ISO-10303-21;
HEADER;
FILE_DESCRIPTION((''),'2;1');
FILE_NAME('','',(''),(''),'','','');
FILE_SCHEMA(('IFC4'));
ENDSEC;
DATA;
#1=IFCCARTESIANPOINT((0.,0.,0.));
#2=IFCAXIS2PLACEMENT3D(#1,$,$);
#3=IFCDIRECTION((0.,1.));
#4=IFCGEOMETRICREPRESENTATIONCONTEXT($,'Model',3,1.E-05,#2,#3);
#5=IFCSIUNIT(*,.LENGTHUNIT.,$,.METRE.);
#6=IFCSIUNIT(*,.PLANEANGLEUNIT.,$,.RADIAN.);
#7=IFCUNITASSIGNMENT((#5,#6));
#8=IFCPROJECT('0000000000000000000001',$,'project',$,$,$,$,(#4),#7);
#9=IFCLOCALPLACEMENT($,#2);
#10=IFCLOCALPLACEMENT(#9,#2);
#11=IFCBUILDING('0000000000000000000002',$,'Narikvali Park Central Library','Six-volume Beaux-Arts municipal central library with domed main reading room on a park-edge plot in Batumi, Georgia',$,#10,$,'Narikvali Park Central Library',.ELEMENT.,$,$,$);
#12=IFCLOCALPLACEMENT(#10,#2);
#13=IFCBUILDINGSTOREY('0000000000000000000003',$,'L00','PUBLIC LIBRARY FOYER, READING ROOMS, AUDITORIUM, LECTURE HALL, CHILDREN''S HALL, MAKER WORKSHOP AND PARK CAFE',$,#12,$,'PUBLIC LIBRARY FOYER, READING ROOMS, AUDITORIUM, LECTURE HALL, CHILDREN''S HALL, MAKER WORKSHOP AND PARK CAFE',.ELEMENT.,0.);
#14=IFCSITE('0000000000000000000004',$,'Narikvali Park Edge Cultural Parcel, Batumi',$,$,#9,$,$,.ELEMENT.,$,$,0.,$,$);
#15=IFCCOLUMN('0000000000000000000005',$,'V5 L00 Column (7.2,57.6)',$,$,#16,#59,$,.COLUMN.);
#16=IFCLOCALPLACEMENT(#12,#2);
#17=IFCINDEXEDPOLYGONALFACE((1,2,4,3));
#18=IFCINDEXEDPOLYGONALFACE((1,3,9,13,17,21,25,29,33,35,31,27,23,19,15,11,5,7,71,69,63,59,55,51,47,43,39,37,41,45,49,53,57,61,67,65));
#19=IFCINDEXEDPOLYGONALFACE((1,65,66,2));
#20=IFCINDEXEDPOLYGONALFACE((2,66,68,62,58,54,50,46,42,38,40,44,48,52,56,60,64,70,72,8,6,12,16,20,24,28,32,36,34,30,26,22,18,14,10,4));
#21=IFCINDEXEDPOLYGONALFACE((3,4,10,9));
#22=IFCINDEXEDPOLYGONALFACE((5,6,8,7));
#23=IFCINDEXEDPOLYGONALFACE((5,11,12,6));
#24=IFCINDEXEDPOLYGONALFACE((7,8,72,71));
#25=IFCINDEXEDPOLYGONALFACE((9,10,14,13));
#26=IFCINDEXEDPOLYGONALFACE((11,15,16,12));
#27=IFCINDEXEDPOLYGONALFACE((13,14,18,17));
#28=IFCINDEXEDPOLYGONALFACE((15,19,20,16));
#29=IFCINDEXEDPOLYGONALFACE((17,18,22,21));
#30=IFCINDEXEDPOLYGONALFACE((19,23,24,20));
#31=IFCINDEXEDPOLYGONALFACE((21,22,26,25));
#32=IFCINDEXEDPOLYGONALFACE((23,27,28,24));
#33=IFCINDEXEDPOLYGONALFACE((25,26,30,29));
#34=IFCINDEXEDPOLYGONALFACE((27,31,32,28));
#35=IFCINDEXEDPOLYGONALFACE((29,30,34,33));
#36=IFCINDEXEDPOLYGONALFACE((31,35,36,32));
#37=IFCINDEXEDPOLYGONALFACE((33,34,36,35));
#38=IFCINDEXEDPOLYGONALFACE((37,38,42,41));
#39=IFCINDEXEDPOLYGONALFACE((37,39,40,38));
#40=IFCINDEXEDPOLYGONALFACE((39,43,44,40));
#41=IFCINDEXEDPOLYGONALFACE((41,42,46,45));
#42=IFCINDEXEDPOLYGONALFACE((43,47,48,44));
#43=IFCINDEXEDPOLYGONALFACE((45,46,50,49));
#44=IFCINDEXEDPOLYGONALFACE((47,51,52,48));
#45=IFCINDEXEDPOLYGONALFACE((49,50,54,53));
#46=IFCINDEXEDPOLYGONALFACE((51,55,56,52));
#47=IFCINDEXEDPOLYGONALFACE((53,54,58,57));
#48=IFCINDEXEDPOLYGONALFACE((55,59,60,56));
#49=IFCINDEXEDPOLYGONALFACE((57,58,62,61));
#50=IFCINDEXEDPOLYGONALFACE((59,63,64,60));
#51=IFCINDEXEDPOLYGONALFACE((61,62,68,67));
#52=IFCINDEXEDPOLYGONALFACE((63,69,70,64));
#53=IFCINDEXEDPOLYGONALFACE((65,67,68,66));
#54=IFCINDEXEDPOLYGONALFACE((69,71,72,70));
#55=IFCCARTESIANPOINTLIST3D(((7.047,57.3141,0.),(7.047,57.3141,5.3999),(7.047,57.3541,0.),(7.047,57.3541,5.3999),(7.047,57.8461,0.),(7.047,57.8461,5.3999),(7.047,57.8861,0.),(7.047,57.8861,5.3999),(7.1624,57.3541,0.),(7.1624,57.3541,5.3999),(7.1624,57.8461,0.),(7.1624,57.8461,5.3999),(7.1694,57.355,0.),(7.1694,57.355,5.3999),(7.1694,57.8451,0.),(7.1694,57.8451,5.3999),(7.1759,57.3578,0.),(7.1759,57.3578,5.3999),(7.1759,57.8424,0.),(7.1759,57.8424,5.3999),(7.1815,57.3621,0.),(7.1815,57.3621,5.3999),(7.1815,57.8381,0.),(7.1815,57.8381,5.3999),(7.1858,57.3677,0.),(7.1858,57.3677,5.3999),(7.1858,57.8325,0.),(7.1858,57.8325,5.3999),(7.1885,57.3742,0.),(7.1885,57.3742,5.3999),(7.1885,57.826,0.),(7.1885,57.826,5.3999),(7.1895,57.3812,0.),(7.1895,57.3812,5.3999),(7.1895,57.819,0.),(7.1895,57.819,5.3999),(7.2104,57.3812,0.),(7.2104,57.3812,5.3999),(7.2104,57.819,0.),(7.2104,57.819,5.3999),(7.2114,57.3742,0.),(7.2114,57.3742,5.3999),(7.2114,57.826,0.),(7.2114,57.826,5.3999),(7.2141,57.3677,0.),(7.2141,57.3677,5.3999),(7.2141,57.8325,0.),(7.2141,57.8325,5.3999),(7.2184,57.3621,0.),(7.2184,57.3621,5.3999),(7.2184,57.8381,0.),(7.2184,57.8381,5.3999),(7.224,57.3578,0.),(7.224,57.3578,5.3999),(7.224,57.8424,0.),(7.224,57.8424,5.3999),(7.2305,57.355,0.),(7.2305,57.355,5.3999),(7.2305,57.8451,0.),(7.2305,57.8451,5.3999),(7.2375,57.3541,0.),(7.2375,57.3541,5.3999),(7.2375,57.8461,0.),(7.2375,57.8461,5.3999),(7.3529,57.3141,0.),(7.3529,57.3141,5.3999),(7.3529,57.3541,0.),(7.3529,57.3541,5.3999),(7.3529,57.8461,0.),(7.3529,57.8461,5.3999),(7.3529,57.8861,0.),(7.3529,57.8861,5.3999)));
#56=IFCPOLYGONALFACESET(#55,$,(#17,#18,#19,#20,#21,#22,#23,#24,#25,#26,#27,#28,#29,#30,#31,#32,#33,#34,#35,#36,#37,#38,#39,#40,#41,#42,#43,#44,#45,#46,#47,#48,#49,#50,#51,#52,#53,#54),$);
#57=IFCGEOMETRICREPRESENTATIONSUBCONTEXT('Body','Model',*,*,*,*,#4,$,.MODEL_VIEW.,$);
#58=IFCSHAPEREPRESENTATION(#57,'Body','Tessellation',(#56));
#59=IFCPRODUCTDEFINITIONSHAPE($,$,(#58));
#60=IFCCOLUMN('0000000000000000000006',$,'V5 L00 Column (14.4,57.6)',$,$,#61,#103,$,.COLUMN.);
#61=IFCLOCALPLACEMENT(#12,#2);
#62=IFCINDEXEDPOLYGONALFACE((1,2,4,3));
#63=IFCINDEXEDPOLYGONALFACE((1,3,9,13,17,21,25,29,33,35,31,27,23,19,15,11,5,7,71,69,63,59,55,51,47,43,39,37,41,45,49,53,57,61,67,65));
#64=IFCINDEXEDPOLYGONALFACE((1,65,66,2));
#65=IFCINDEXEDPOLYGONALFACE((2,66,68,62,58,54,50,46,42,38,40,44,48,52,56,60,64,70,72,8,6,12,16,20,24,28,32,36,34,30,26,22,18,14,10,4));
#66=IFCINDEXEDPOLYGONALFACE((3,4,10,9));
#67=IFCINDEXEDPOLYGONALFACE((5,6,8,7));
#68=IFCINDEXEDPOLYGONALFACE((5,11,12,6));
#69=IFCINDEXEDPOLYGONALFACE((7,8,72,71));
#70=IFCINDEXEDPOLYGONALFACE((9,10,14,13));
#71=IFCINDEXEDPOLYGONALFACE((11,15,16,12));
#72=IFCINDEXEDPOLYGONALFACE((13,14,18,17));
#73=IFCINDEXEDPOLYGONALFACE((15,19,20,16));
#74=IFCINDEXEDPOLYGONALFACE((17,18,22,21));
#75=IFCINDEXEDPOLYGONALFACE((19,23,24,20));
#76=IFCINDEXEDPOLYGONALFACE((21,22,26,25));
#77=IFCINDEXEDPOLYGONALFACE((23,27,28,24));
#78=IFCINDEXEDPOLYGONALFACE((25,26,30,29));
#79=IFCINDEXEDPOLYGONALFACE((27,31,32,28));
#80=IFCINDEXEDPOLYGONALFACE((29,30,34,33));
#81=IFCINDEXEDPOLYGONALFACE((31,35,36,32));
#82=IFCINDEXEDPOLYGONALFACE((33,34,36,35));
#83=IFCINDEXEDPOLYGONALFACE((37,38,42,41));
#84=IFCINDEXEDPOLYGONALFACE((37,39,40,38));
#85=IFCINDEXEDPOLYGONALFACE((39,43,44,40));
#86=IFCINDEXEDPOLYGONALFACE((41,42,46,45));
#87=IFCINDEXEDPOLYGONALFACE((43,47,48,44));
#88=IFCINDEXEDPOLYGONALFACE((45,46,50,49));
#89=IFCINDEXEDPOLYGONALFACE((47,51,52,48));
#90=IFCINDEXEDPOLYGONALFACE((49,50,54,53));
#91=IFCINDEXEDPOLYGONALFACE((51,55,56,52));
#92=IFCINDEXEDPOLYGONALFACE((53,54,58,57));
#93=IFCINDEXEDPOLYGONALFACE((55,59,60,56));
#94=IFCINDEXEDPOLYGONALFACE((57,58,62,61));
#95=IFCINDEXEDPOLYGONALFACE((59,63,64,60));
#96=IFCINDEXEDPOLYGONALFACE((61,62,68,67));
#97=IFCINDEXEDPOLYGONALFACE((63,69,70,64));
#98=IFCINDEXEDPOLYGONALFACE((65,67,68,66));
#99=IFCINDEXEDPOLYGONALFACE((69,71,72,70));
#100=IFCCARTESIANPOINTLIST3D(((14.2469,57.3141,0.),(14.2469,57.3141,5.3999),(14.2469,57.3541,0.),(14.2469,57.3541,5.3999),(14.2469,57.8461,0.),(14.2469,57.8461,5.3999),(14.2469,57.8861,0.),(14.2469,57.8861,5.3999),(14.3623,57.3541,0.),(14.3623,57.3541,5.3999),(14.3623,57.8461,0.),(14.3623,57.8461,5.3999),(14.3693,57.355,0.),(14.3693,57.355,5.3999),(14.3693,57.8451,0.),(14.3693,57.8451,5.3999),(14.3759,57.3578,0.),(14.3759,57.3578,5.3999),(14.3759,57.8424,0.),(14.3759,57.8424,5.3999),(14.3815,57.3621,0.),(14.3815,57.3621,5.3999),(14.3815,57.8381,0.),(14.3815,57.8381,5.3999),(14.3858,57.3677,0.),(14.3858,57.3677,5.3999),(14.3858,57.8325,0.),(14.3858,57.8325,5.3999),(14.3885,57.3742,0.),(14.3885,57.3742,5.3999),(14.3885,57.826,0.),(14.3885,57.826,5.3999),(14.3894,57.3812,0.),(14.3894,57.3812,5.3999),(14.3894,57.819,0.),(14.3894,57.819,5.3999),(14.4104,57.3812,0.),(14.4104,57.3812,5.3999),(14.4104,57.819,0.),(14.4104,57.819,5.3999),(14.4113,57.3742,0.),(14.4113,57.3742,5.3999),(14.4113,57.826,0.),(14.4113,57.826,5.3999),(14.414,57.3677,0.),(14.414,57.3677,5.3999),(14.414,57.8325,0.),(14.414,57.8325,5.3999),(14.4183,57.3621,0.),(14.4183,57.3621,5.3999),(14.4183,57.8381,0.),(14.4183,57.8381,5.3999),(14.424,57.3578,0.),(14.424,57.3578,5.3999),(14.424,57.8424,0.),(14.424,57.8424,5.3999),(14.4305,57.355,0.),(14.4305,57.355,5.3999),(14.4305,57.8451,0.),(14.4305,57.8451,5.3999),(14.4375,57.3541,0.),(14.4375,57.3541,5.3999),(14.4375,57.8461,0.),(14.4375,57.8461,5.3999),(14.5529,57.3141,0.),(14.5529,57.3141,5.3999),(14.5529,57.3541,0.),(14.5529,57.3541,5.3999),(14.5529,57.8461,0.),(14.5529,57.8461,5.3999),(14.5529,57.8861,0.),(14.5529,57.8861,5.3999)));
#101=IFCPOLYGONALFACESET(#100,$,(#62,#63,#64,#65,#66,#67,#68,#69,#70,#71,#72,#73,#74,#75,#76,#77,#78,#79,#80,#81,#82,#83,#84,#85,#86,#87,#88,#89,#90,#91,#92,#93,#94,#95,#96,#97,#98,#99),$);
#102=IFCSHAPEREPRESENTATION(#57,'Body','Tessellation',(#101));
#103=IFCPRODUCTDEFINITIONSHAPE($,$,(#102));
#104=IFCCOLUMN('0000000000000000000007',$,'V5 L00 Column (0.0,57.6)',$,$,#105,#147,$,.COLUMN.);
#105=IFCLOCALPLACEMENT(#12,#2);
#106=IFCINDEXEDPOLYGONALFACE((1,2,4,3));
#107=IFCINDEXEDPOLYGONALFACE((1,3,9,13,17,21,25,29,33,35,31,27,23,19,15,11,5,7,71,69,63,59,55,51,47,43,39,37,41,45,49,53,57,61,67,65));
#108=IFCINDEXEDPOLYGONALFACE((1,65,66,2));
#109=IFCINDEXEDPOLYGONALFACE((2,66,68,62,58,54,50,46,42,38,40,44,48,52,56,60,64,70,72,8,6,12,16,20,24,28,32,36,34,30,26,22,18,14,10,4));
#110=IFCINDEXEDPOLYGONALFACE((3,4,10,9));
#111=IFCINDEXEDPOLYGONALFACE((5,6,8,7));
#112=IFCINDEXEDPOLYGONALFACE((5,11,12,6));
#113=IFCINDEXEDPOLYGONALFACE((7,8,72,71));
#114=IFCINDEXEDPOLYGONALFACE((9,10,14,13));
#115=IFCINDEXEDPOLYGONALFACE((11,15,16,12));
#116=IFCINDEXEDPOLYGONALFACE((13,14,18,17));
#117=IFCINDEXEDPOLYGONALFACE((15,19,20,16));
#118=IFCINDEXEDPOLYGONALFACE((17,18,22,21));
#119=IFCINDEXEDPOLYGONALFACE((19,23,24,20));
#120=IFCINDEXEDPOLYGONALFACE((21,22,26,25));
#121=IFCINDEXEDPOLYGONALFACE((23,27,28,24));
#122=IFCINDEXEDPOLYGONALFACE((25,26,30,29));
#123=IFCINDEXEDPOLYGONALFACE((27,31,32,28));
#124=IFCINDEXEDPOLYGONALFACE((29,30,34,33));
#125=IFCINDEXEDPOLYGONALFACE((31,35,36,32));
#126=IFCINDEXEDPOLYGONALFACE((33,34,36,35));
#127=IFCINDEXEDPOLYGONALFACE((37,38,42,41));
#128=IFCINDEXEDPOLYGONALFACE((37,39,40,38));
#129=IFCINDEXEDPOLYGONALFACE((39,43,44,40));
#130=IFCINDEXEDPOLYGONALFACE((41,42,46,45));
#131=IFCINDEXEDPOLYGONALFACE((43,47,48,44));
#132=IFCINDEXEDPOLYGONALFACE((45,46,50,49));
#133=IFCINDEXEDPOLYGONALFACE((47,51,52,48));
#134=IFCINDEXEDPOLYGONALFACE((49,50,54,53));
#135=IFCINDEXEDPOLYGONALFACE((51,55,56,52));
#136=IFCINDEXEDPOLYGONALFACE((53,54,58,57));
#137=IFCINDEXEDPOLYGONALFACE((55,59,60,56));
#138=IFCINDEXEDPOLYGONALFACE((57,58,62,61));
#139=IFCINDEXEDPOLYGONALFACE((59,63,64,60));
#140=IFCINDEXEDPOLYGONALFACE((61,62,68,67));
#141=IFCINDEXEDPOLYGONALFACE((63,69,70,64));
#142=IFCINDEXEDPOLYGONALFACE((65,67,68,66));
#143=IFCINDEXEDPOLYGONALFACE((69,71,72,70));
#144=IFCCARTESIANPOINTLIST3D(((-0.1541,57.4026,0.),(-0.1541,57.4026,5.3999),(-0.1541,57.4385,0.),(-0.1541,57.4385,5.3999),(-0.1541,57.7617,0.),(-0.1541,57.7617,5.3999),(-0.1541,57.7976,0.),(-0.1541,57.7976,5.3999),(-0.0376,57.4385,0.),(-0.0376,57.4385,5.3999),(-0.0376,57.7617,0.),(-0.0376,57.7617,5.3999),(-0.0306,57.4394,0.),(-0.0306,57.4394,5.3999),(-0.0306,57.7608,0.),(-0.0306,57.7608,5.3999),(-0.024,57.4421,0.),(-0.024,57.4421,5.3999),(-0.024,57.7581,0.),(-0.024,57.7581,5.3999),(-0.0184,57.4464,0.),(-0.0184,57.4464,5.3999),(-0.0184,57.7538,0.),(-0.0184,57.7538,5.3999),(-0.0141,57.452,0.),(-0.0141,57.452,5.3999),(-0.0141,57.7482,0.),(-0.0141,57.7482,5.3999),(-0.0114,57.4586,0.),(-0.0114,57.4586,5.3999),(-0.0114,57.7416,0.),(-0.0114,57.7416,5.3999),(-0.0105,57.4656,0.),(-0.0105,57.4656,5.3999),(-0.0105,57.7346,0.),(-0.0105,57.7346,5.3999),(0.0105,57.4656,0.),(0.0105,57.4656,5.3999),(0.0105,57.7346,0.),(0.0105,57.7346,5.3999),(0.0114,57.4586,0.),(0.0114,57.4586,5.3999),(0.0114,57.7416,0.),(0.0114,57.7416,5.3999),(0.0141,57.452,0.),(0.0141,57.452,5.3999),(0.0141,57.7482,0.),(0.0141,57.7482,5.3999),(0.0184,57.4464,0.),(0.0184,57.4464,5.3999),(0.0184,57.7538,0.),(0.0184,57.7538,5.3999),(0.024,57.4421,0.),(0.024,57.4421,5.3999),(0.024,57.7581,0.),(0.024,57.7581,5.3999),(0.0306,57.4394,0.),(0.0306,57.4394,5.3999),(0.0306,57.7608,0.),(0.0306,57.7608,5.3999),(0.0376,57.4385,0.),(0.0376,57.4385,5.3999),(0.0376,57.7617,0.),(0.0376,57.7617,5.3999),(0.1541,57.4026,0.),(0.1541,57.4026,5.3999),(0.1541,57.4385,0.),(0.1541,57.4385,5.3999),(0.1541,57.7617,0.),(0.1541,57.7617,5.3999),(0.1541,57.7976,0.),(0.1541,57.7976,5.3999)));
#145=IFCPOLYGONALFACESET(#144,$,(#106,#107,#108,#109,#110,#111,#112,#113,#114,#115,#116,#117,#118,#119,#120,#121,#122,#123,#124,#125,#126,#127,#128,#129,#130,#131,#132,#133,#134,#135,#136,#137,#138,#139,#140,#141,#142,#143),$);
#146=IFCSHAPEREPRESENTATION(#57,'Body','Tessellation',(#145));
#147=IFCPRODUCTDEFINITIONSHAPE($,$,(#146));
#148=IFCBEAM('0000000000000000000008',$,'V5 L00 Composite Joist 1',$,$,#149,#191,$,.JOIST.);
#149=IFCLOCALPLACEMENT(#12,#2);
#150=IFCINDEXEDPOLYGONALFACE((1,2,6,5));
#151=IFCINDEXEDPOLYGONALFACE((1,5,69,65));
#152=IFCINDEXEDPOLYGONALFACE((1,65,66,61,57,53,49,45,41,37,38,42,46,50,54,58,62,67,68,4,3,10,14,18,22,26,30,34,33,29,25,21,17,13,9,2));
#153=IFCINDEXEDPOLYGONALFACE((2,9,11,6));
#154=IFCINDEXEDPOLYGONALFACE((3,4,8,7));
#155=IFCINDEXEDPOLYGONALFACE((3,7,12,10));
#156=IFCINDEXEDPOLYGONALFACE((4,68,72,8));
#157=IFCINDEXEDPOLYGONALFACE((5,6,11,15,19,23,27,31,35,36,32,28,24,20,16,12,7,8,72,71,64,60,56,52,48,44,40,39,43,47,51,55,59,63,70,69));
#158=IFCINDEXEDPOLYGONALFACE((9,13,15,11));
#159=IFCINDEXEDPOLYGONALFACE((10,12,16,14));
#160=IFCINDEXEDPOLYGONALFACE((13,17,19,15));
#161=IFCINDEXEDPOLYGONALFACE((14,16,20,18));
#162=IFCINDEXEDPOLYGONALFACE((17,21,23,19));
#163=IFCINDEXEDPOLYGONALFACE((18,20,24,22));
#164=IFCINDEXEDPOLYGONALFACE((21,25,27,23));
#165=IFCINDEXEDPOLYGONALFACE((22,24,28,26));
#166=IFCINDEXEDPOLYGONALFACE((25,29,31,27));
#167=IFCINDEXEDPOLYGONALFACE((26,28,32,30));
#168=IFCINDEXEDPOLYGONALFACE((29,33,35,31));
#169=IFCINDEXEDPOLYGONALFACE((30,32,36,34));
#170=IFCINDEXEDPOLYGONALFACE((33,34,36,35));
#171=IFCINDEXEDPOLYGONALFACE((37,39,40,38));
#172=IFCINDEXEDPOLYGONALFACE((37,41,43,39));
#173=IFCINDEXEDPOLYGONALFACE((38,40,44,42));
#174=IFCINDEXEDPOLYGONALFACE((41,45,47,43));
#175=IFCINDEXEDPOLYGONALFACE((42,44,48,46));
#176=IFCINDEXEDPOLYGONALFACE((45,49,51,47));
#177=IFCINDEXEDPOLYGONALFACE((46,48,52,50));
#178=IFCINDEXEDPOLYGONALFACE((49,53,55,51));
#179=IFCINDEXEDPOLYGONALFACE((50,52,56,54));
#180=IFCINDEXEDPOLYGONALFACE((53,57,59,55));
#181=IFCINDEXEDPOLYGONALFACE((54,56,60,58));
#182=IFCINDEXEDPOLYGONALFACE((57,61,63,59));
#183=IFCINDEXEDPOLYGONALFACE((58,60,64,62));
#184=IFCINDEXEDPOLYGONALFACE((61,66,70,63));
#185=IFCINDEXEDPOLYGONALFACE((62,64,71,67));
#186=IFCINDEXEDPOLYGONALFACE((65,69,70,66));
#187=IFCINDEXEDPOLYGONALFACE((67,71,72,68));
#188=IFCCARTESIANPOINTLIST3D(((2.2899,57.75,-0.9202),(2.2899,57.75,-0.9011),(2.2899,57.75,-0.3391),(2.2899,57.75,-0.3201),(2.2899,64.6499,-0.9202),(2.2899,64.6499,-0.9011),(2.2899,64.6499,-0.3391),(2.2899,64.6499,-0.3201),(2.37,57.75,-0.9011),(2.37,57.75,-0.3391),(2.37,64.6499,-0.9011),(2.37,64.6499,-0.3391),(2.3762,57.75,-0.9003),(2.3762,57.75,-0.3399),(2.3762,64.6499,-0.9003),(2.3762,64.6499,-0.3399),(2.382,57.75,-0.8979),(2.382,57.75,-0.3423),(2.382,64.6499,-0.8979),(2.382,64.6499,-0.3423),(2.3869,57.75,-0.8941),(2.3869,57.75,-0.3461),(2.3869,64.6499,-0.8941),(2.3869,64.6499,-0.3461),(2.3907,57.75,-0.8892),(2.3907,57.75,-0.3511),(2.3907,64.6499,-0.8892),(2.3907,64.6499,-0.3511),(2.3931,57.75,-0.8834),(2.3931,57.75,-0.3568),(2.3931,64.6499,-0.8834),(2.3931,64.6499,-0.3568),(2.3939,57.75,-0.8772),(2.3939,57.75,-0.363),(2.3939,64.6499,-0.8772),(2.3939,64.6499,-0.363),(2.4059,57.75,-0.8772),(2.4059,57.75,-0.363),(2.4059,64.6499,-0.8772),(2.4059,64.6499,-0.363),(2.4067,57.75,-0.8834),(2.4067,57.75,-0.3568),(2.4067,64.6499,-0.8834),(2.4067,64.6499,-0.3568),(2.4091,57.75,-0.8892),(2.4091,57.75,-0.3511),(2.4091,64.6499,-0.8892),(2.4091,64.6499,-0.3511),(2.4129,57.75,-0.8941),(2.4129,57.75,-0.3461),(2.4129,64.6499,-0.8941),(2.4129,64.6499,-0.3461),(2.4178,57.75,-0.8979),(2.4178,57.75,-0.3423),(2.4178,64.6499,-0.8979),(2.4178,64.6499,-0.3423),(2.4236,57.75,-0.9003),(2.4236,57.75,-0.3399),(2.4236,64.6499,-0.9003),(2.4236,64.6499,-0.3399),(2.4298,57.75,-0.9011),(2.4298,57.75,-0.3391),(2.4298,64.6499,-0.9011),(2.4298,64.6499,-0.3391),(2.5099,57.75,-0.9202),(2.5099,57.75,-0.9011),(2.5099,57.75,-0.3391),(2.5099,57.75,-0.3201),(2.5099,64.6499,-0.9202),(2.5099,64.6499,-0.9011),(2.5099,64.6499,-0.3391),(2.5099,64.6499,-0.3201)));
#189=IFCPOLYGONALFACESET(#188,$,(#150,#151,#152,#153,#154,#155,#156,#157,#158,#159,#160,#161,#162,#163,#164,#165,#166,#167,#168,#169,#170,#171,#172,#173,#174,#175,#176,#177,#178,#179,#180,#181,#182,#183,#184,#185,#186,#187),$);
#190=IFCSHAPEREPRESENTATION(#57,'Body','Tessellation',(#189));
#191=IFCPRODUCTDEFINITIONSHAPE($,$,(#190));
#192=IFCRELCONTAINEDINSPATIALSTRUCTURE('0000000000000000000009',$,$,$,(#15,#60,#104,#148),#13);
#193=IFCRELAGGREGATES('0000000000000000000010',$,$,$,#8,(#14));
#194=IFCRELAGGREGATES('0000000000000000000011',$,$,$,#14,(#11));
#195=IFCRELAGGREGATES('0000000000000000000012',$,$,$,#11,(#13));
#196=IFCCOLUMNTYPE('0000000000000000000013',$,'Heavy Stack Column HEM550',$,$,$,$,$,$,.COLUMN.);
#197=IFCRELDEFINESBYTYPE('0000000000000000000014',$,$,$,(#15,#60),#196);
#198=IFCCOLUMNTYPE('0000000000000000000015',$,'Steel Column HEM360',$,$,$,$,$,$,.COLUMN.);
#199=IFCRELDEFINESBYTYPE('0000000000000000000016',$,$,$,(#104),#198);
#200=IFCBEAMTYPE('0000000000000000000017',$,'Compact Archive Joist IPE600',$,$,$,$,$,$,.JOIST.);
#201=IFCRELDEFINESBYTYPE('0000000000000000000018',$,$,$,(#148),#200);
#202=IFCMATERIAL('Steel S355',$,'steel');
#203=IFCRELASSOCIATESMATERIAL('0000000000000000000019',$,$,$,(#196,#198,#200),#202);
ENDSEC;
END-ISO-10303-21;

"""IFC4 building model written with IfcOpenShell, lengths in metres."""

from ifc_helpers import new_model, si_unit, direction, frame, origin, origin_2d, place, context, subcontext, project, spatial, i_section, extrude, material, material_profile, profile_set, type_object, element, save


model = new_model("IFC4")

# Units and contexts
model_context = context("Model", 3, precision=1e-05, world=origin(), true_north=direction((0.0, 1.0)))
body_context = subcontext(model_context, "Body", "Model", "MODEL_VIEW")
ifc_project = project(units=[si_unit("LENGTHUNIT", "METRE"), si_unit("PLANEANGLEUNIT", "RADIAN")], contexts=[model_context])

# Site, building, storey
site_placement = place(None, origin())
site = spatial("IfcSite", under=ifc_project, at=site_placement, Name="Narikvali Park Edge Cultural Parcel, Batumi", CompositionType="ELEMENT", RefElevation=0.0)
building_placement = place(site_placement, origin())
building = spatial("IfcBuilding", under=site, at=building_placement, Name="Narikvali Park Central Library", Description="Six-volume Beaux-Arts municipal central library with domed main reading room on a park-edge plot in Batumi, Georgia", LongName="Narikvali Park Central Library", CompositionType="ELEMENT")
storey_placement = place(building_placement, origin())
storey = spatial("IfcBuildingStorey", under=building, at=storey_placement, Name="L00", Description="PUBLIC LIBRARY FOYER, READING ROOMS, AUDITORIUM, LECTURE HALL, CHILDREN'S HALL, MAKER WORKSHOP AND PARK CAFE", LongName="PUBLIC LIBRARY FOYER, READING ROOMS, AUDITORIUM, LECTURE HALL, CHILDREN'S HALL, MAKER WORKSHOP AND PARK CAFE", CompositionType="ELEMENT", Elevation=0.0)

# Columns
ifc_material_1 = material(Name="Steel S355", Category="steel")
ifc_material_profile_1 = material_profile(ifc_material_1, i_section(OverallWidth=0.3059, OverallDepth=0.572, WebThickness=0.021, FlangeThickness=0.04, FilletRadius=0.0271, at=origin_2d()), Name="HEM 550")
ifc_profile_set_1 = profile_set([ifc_material_profile_1], Name="Steel S355")
column_type_1 = type_object("IfcColumnType", Name="Heavy Stack Column HEM550", PredefinedType="COLUMN", material=ifc_profile_set_1)
for number, where, z_axis, x_axis, name in (
    (1, (7.2, 57.6001, 0.0), (0.0, 0.0, 1.0), (1.0, 0.0, 0.0), "V5 L00 Column (7.2,57.6)"),
    (2, (14.3999, 57.6001, 0.0), (0.0, 0.0, 1.0), (1.0, 0.0, 0.0), "V5 L00 Column (14.4,57.6)"),
):
    element("IfcColumn", number, at=place(storey_placement, frame(where, z_axis=z_axis, x_axis=x_axis)), inside=storey, type_object=column_type_1, Name=name, PredefinedType="COLUMN", context=body_context, shape_type="SweptSolid", body=[
        extrude(i_section(OverallWidth=0.3059, OverallDepth=0.572, WebThickness=0.021, FlangeThickness=0.04, FilletRadius=0.0271, at=origin_2d()), origin(), (0.0, 0.0, 1.0), 5.3999),
    ])
ifc_material_profile_2 = material_profile(ifc_material_1, i_section(OverallWidth=0.3081, OverallDepth=0.395, WebThickness=0.021, FlangeThickness=0.0359, FilletRadius=0.0271, at=origin_2d()), Name="HEM 360")
ifc_profile_set_2 = profile_set([ifc_material_profile_2], Name="Steel S355")
column_type_2 = type_object("IfcColumnType", Name="Steel Column HEM360", PredefinedType="COLUMN", material=ifc_profile_set_2)
column_placement = place(storey_placement, frame((0.0, 57.6001, 0.0), z_axis=(0.0, 0.0, 1.0), x_axis=(1.0, 0.0, 0.0)))
element("IfcColumn", 3, at=column_placement, inside=storey, type_object=column_type_2, Name="V5 L00 Column (0.0,57.6)", PredefinedType="COLUMN", context=body_context, shape_type="SweptSolid", body=[
    extrude(i_section(OverallWidth=0.3081, OverallDepth=0.395, WebThickness=0.021, FlangeThickness=0.0359, FilletRadius=0.0271, at=origin_2d()), origin(), (0.0, 0.0, 1.0), 5.3999),
])

# Beam
ifc_material_profile_3 = material_profile(ifc_material_1, i_section(OverallWidth=0.22, OverallDepth=0.6001, WebThickness=0.012, FlangeThickness=0.019, FilletRadius=0.0239, at=origin_2d()), Name="IPE 600")
ifc_profile_set_3 = profile_set([ifc_material_profile_3], Name="Steel S355")
beam_type_1 = type_object("IfcBeamType", Name="Compact Archive Joist IPE600", PredefinedType="JOIST", material=ifc_profile_set_3)
for number, where, z_axis, x_axis, name in (
    (4, (2.3999, 57.75, -0.6201), (0.0, 1.0, 0.0), (-1.0, 0.0, 0.0), "V5 L00 Composite Joist 1"),
):
    element("IfcBeam", number, at=place(storey_placement, frame(where, z_axis=z_axis, x_axis=x_axis)), inside=storey, type_object=beam_type_1, Name=name, PredefinedType="JOIST", context=body_context, shape_type="SweptSolid", body=[
        extrude(i_section(OverallWidth=0.22, OverallDepth=0.6001, WebThickness=0.012, FlangeThickness=0.019, FilletRadius=0.0239, at=origin_2d()), origin(), (0.0, 0.0, 1.0), 6.8999),
    ])

save(model, "model.ifc")
